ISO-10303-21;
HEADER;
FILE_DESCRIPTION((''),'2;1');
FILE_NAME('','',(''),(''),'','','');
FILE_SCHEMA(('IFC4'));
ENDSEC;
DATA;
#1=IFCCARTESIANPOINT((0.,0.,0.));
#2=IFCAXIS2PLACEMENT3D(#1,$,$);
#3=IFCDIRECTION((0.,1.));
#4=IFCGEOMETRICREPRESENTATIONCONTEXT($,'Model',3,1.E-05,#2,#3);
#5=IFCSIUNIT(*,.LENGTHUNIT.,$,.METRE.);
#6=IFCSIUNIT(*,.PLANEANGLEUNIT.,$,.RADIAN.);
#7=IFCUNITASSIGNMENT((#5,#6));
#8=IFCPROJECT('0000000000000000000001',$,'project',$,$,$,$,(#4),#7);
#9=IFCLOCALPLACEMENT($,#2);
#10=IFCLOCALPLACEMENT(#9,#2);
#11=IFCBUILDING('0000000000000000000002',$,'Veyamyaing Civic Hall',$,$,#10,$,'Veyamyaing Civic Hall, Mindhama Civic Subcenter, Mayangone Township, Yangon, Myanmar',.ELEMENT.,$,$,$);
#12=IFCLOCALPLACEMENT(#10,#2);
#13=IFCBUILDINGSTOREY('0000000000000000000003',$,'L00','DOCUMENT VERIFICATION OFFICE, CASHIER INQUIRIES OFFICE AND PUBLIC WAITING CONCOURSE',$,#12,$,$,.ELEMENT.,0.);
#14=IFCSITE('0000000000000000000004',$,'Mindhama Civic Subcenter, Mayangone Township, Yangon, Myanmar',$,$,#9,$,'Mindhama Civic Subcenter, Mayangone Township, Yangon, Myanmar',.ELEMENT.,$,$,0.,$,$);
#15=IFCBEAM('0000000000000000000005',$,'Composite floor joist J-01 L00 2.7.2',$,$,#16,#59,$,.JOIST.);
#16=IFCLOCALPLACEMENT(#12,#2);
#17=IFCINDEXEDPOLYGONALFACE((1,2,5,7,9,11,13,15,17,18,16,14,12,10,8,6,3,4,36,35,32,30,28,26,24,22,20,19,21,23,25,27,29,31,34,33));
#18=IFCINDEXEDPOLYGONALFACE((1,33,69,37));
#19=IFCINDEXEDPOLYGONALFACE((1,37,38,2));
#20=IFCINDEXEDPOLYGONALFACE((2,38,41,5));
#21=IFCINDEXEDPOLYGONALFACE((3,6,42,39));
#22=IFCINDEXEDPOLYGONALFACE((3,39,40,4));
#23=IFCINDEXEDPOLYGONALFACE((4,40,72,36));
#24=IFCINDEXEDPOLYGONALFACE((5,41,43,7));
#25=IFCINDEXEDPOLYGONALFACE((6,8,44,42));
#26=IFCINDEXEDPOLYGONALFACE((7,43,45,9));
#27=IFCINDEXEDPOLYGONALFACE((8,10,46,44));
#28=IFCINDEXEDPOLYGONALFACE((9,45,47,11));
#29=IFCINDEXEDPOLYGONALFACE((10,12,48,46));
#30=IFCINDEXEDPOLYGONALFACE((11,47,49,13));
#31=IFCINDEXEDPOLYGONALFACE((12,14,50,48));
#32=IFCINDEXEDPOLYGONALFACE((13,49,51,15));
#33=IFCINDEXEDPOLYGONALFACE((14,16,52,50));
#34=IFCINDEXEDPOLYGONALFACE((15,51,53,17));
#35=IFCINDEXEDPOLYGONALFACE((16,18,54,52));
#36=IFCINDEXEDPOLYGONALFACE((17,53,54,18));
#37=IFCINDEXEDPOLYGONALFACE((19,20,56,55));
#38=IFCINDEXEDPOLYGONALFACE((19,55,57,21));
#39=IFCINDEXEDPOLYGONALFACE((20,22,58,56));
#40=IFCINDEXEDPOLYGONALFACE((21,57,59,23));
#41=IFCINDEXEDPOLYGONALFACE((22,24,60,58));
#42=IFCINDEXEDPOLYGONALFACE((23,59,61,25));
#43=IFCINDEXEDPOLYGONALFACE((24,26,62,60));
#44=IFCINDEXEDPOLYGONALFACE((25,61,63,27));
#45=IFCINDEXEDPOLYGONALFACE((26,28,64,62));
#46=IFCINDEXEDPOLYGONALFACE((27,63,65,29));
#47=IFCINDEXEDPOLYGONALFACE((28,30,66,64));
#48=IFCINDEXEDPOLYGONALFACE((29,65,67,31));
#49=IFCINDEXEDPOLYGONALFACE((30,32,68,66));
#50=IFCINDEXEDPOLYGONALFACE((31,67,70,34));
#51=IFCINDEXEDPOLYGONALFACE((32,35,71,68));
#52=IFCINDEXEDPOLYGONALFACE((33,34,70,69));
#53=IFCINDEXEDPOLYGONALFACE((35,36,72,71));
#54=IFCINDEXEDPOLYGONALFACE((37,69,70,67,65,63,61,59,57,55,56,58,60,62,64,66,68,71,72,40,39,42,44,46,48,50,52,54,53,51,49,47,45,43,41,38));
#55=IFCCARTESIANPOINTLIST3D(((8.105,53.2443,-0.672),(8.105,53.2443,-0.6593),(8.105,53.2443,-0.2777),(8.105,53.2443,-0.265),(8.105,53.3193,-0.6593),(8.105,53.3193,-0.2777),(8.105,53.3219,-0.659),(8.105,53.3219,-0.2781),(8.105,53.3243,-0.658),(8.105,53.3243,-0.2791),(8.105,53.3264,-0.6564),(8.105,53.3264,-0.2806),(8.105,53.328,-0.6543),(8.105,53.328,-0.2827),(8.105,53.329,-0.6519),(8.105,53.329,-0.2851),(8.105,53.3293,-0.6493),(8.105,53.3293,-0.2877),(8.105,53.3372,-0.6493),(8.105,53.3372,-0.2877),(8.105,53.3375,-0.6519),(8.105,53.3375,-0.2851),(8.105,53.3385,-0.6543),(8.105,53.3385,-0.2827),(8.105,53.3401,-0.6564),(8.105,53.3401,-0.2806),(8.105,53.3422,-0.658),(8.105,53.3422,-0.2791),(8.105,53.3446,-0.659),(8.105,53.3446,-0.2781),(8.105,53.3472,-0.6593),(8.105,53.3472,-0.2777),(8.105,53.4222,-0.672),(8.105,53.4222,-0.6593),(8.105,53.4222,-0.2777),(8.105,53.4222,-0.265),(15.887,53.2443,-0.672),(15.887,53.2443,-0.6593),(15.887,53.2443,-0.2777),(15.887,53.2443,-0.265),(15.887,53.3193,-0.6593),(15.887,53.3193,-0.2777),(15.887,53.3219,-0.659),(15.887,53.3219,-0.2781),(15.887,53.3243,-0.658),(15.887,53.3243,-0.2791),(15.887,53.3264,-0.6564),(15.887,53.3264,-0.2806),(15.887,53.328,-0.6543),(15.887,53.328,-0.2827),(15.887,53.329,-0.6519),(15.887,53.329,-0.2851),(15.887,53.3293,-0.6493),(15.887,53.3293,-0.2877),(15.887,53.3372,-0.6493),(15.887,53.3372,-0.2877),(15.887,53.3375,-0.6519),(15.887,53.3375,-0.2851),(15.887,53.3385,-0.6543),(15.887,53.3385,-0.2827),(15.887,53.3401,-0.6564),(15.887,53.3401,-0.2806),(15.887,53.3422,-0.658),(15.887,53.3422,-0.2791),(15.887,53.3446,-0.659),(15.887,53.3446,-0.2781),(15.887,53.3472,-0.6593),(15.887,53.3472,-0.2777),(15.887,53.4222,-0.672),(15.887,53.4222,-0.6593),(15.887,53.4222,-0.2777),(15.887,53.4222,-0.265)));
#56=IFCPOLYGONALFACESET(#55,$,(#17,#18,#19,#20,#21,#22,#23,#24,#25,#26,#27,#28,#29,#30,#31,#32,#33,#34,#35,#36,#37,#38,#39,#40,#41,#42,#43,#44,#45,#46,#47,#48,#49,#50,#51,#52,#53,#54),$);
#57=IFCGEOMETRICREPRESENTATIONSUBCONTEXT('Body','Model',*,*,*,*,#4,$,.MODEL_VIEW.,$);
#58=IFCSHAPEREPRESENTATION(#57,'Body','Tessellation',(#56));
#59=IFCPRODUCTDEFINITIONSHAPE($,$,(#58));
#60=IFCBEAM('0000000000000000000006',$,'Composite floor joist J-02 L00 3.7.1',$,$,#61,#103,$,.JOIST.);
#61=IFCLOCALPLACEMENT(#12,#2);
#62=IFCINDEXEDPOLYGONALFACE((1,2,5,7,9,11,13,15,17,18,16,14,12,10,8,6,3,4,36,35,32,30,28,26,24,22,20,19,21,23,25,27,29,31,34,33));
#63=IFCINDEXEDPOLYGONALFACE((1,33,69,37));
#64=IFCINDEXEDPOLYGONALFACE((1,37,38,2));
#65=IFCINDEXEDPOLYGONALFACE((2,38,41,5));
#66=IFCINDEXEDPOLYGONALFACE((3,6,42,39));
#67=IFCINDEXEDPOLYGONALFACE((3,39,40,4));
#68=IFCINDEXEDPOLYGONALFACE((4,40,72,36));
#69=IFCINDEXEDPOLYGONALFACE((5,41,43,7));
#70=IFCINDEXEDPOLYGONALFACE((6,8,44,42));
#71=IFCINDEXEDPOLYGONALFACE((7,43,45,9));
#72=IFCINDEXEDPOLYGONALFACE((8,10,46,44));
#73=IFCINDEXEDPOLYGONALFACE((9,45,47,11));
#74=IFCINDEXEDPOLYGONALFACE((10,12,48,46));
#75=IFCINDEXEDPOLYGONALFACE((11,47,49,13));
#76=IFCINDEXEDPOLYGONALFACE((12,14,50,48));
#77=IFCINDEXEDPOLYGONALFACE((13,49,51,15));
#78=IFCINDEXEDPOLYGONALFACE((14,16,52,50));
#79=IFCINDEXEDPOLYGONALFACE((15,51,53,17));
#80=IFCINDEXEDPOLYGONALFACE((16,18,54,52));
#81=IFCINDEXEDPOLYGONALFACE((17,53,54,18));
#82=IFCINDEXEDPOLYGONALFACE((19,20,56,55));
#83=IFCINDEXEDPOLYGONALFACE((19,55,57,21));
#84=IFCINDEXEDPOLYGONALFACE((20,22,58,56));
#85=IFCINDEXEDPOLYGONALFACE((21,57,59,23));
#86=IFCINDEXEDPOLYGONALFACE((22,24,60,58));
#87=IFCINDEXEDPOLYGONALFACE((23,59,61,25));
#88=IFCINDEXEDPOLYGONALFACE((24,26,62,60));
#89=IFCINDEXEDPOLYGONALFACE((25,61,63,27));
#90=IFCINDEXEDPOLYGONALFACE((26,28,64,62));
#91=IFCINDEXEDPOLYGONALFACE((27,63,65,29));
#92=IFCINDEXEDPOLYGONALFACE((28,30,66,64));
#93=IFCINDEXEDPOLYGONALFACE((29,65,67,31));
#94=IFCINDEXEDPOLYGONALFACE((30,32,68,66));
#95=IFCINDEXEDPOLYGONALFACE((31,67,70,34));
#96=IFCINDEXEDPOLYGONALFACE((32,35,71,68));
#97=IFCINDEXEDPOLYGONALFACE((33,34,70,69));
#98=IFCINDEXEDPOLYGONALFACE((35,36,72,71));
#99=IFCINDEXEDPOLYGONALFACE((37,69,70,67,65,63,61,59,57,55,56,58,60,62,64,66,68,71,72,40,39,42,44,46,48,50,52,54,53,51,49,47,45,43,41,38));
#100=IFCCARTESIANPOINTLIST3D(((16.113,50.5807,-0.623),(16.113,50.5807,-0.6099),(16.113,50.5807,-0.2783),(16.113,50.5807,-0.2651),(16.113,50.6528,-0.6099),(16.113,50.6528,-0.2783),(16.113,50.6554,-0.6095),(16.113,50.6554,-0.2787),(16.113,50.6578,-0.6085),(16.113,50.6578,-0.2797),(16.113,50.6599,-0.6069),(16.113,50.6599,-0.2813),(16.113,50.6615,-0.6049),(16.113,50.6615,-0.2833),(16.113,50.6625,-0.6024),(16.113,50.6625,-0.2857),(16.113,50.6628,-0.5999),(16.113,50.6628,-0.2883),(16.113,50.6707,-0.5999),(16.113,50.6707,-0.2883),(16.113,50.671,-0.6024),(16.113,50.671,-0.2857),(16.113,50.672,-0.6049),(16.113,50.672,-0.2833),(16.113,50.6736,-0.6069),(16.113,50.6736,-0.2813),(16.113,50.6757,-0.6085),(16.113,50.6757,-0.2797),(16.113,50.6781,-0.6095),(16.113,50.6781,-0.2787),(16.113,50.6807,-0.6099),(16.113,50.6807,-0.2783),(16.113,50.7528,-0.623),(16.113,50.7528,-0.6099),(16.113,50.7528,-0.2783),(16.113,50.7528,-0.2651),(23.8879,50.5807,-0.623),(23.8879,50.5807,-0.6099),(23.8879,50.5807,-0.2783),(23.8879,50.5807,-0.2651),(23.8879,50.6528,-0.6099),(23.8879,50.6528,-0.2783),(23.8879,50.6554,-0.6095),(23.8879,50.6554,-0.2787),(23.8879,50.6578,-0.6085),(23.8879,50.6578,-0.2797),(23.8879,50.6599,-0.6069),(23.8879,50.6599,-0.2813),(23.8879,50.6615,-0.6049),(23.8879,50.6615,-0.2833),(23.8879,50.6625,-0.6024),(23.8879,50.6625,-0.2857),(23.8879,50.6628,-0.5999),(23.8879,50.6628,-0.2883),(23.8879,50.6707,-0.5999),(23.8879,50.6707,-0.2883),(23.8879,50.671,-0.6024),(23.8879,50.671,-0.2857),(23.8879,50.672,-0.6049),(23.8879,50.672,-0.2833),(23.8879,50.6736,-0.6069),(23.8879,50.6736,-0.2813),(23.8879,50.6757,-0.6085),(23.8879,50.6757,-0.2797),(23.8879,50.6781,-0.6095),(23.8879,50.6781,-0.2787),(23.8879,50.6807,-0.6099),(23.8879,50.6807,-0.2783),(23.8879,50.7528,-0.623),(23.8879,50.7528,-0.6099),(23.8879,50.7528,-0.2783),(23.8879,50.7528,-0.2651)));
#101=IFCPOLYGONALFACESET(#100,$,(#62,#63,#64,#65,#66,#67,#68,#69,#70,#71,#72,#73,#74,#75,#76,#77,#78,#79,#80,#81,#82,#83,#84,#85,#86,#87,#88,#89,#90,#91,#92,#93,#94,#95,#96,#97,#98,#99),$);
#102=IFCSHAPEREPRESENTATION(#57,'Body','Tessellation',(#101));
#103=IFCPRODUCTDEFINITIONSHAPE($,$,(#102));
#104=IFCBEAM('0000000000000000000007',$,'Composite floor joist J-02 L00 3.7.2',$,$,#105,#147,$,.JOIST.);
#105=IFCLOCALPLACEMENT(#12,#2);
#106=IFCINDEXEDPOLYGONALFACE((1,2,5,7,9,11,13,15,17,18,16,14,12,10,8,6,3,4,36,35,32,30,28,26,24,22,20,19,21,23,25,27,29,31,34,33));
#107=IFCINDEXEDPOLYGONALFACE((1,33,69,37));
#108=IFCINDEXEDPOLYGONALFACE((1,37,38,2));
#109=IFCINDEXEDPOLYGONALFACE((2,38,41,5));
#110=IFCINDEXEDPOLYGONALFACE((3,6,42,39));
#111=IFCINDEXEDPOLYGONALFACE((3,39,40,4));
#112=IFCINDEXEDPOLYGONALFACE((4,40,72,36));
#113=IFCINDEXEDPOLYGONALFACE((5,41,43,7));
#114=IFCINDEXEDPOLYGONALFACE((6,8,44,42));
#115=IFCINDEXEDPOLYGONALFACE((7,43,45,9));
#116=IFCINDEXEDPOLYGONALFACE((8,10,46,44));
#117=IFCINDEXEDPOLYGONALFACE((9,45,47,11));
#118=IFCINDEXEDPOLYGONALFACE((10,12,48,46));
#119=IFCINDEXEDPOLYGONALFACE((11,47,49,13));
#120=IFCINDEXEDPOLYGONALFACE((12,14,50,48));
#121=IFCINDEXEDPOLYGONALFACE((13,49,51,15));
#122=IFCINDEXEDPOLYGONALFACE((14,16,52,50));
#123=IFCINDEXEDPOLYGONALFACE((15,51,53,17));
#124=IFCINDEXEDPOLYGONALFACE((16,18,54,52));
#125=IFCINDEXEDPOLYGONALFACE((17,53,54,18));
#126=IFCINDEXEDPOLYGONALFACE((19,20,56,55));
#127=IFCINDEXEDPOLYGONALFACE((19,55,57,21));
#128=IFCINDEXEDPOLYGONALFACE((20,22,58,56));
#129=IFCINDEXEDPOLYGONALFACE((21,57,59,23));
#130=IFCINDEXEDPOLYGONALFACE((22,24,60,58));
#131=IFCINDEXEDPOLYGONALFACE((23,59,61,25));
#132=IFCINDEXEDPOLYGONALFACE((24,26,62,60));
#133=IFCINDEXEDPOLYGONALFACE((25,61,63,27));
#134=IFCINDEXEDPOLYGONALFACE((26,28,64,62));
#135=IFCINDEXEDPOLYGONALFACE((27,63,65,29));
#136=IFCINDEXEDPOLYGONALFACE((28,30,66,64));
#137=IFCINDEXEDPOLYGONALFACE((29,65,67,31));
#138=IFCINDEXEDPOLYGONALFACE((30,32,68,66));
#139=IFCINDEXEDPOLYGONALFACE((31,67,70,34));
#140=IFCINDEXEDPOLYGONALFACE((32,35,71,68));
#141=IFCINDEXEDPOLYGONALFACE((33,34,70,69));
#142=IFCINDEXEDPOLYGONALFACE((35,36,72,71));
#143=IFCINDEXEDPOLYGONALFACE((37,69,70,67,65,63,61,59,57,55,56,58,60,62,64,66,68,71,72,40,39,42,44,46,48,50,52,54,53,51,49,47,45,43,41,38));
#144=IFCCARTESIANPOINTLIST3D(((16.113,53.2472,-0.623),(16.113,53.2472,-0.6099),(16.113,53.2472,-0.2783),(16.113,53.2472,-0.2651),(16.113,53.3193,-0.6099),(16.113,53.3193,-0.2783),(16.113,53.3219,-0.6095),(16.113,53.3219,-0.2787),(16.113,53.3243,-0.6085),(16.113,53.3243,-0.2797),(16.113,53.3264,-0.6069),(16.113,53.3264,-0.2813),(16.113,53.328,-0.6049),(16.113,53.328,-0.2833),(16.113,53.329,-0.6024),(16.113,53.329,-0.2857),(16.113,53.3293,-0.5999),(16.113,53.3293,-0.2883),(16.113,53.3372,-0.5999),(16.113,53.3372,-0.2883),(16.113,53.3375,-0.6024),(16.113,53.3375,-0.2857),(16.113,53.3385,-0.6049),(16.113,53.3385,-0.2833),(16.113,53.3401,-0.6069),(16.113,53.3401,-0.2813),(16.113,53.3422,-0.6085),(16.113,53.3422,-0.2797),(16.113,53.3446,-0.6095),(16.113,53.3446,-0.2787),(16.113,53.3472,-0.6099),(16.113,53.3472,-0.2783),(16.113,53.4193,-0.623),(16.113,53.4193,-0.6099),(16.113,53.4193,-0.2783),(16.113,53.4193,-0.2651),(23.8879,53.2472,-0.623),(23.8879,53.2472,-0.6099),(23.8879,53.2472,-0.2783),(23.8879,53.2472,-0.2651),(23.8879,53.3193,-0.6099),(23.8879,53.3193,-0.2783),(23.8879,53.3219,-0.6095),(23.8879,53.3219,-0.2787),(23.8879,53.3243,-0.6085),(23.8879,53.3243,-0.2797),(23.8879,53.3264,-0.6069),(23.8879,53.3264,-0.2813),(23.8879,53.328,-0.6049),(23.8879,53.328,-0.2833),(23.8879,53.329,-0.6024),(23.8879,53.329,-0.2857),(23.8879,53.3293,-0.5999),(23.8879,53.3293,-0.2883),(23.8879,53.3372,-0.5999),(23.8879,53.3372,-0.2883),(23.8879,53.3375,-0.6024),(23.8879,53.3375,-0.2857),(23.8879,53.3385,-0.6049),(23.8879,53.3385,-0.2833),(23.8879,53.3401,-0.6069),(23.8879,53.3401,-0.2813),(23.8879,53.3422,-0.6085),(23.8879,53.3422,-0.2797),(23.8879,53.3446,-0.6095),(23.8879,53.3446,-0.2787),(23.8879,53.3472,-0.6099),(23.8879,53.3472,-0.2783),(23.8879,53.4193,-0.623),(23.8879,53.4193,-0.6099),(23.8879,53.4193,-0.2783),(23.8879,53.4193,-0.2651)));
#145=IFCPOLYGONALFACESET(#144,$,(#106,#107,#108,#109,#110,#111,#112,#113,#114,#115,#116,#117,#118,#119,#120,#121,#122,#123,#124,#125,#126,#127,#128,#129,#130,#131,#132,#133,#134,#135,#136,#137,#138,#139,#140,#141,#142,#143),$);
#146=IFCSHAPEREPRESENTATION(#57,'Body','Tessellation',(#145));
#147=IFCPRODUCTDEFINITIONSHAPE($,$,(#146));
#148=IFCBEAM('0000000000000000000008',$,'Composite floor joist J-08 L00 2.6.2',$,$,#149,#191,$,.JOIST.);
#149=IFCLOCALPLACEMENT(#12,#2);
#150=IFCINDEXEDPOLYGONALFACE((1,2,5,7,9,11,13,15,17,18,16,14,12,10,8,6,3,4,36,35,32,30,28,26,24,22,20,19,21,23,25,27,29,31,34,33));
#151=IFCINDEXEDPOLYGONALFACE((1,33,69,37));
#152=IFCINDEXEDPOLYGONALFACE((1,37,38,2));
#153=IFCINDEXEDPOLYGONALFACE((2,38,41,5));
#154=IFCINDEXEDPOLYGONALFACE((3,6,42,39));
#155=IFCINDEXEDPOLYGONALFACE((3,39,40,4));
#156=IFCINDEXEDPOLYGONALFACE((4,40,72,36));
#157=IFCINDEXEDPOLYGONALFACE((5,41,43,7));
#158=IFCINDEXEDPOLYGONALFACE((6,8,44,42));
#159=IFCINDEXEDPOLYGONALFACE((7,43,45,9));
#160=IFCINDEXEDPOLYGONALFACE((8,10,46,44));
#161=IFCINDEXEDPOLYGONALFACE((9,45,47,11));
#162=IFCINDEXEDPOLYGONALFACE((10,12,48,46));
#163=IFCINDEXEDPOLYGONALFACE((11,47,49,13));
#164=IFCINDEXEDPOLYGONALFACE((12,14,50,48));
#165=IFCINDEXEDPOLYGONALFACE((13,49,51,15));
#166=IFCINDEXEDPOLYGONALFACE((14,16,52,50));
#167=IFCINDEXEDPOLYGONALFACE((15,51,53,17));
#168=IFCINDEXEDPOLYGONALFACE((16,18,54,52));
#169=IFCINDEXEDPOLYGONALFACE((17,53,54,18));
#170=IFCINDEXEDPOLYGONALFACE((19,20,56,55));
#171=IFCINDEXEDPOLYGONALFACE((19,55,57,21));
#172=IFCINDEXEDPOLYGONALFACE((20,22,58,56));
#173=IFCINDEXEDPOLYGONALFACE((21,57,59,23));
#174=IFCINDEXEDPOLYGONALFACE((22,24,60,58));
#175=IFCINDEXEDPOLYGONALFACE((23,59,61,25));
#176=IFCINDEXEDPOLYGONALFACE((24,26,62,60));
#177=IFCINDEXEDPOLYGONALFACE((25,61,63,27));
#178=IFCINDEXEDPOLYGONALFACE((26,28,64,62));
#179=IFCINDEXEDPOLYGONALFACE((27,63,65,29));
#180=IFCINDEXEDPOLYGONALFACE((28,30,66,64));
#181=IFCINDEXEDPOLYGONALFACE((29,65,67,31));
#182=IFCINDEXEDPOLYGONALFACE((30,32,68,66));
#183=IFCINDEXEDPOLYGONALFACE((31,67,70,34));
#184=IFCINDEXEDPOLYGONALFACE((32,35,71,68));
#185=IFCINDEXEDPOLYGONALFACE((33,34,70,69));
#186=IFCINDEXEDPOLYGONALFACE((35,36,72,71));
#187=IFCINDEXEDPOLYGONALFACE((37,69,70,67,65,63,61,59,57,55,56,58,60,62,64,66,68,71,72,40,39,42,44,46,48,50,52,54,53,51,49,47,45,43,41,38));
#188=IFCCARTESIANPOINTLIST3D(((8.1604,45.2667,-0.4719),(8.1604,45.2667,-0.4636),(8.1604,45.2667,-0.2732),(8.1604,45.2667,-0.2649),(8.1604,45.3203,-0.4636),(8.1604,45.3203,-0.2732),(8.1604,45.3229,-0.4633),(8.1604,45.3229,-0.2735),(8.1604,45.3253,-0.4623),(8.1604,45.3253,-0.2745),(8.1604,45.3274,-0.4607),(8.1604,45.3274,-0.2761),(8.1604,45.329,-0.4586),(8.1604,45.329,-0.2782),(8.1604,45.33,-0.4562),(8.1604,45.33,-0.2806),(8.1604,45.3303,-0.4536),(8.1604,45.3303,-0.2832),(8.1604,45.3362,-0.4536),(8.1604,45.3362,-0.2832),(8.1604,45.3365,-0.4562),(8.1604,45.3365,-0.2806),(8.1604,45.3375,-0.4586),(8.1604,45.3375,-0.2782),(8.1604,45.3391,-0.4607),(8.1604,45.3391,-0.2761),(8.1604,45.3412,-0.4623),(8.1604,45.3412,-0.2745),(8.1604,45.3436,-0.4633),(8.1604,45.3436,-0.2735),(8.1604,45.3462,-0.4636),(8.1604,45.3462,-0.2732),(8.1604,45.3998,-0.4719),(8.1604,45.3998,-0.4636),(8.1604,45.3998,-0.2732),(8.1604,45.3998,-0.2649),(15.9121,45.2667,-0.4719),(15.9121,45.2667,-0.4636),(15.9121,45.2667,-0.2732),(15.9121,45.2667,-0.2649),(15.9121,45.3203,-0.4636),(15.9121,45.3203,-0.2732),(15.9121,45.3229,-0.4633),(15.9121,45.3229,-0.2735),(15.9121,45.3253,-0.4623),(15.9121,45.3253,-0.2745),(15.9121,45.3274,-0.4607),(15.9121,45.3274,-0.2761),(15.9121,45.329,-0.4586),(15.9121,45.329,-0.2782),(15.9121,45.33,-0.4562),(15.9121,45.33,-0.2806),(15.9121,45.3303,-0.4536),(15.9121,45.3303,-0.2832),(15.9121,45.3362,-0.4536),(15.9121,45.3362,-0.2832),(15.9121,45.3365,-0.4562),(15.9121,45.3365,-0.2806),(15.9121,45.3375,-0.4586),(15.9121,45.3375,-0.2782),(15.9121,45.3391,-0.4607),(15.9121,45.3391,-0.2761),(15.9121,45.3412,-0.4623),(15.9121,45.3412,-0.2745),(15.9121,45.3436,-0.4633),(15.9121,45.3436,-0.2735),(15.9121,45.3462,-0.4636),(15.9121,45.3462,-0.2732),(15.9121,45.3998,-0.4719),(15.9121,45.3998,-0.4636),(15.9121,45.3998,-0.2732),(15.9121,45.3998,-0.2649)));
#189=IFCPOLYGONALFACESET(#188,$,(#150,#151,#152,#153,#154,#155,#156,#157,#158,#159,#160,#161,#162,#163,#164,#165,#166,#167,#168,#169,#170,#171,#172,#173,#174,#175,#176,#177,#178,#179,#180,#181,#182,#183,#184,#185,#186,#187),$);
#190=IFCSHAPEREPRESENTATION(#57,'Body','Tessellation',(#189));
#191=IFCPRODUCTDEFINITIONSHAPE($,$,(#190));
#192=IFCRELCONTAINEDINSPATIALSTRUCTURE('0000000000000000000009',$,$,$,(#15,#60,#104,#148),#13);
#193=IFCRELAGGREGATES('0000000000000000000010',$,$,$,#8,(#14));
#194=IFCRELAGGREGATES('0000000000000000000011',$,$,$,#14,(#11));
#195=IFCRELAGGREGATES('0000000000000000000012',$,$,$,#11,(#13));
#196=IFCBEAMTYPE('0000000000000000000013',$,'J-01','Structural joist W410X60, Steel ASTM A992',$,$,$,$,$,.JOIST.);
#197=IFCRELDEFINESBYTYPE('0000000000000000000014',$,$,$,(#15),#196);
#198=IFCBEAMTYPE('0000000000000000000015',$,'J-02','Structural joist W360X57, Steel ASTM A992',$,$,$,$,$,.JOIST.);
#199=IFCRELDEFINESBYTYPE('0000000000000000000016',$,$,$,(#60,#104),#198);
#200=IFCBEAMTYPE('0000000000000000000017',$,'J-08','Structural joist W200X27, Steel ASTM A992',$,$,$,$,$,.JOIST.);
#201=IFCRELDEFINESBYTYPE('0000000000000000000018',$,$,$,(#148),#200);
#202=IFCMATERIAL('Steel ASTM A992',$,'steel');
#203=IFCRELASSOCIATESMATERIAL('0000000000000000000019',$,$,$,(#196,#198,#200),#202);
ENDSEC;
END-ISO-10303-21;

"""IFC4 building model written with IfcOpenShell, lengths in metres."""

from ifc_helpers import new_model, si_unit, direction, frame, origin, origin_2d, place, context, subcontext, project, spatial, i_section, extrude, material, material_profile, profile_set, type_object, element, save


model = new_model("IFC4")

# Units and contexts
model_context = context("Model", 3, precision=1e-05, world=origin(), true_north=direction((0.0, 1.0)))
body_context = subcontext(model_context, "Body", "Model", "MODEL_VIEW")
ifc_project = project(units=[si_unit("LENGTHUNIT", "METRE"), si_unit("PLANEANGLEUNIT", "RADIAN")], contexts=[model_context])

# Site, building, storey
site_placement = place(None, origin())
site = spatial("IfcSite", under=ifc_project, at=site_placement, Name="Mindhama Civic Subcenter, Mayangone Township, Yangon, Myanmar", LongName="Mindhama Civic Subcenter, Mayangone Township, Yangon, Myanmar", CompositionType="ELEMENT", RefElevation=0.0)
building_placement = place(site_placement, origin())
building = spatial("IfcBuilding", under=site, at=building_placement, Name="Veyamyaing Civic Hall", LongName="Veyamyaing Civic Hall, Mindhama Civic Subcenter, Mayangone Township, Yangon, Myanmar", CompositionType="ELEMENT")
storey_placement = place(building_placement, origin())
storey = spatial("IfcBuildingStorey", under=building, at=storey_placement, Name="L00", Description="DOCUMENT VERIFICATION OFFICE, CASHIER INQUIRIES OFFICE AND PUBLIC WAITING CONCOURSE", CompositionType="ELEMENT", Elevation=0.0)

# Beams
ifc_material_1 = material(Name="Steel ASTM A992", Category="steel")
ifc_material_profile_1 = material_profile(ifc_material_1, i_section(OverallWidth=0.178, OverallDepth=0.407, WebThickness=0.0078, FlangeThickness=0.0127, FilletRadius=0.01, at=origin_2d()), Name="W410X60")
ifc_profile_set_1 = profile_set([ifc_material_profile_1], Name="Steel ASTM A992")
beam_type_1 = type_object("IfcBeamType", Name="J-01", Description="Structural joist W410X60, Steel ASTM A992", PredefinedType="JOIST", material=ifc_profile_set_1)
for number, where, z_axis, x_axis, name in (
    (1, (8.105, 53.3333, -0.4685), (1.0, 0.0, 0.0), (0.0, 1.0, 0.0), "Composite floor joist J-01 L00 2.7.2"),
):
    element("IfcBeam", number, at=place(storey_placement, frame(where, z_axis=z_axis, x_axis=x_axis)), inside=storey, type_object=beam_type_1, Name=name, PredefinedType="JOIST", context=body_context, shape_type="SweptSolid", body=[
        extrude(i_section(OverallWidth=0.178, OverallDepth=0.407, WebThickness=0.0078, FlangeThickness=0.0127, FilletRadius=0.01, at=origin_2d()), origin(), (0.0, 0.0, 1.0), 7.782),
    ])
ifc_material_profile_2 = material_profile(ifc_material_1, i_section(OverallWidth=0.1721, OverallDepth=0.3579, WebThickness=0.0078, FlangeThickness=0.0132, FilletRadius=0.01, at=origin_2d()), Name="W360X57")
ifc_profile_set_2 = profile_set([ifc_material_profile_2], Name="Steel ASTM A992")
beam_type_2 = type_object("IfcBeamType", Name="J-02", Description="Structural joist W360X57, Steel ASTM A992", PredefinedType="JOIST", material=ifc_profile_set_2)
for number, where, z_axis, x_axis, name in (
    (2, (16.113, 50.6667, -0.4441), (1.0, 0.0, 0.0), (0.0, 1.0, 0.0), "Composite floor joist J-02 L00 3.7.1"),
    (3, (16.113, 53.3333, -0.4441), (1.0, 0.0, 0.0), (0.0, 1.0, 0.0), "Composite floor joist J-02 L00 3.7.2"),
):
    element("IfcBeam", number, at=place(storey_placement, frame(where, z_axis=z_axis, x_axis=x_axis)), inside=storey, type_object=beam_type_2, Name=name, PredefinedType="JOIST", context=body_context, shape_type="SweptSolid", body=[
        extrude(i_section(OverallWidth=0.1721, OverallDepth=0.3579, WebThickness=0.0078, FlangeThickness=0.0132, FilletRadius=0.01, at=origin_2d()), origin(), (0.0, 0.0, 1.0), 7.7749),
    ])
ifc_material_profile_3 = material_profile(ifc_material_1, i_section(OverallWidth=0.1331, OverallDepth=0.207, WebThickness=0.0059, FlangeThickness=0.0083, FilletRadius=0.01, at=origin_2d()), Name="W200X27")
ifc_profile_set_3 = profile_set([ifc_material_profile_3], Name="Steel ASTM A992")
beam_type_3 = type_object("IfcBeamType", Name="J-08", Description="Structural joist W200X27, Steel ASTM A992", PredefinedType="JOIST", material=ifc_profile_set_3)
beam_1_placement = place(storey_placement, frame((8.1604, 45.3333, -0.3684), z_axis=(1.0, 0.0, 0.0), x_axis=(0.0, 1.0, 0.0)))
element("IfcBeam", 4, at=beam_1_placement, inside=storey, type_object=beam_type_3, Name="Composite floor joist J-08 L00 2.6.2", PredefinedType="JOIST", context=body_context, shape_type="SweptSolid", body=[
    extrude(i_section(OverallWidth=0.1331, OverallDepth=0.207, WebThickness=0.0059, FlangeThickness=0.0083, FilletRadius=0.01, at=origin_2d()), origin(), (0.0, 0.0, 1.0), 7.7517),
])

save(model, "model.ifc")
